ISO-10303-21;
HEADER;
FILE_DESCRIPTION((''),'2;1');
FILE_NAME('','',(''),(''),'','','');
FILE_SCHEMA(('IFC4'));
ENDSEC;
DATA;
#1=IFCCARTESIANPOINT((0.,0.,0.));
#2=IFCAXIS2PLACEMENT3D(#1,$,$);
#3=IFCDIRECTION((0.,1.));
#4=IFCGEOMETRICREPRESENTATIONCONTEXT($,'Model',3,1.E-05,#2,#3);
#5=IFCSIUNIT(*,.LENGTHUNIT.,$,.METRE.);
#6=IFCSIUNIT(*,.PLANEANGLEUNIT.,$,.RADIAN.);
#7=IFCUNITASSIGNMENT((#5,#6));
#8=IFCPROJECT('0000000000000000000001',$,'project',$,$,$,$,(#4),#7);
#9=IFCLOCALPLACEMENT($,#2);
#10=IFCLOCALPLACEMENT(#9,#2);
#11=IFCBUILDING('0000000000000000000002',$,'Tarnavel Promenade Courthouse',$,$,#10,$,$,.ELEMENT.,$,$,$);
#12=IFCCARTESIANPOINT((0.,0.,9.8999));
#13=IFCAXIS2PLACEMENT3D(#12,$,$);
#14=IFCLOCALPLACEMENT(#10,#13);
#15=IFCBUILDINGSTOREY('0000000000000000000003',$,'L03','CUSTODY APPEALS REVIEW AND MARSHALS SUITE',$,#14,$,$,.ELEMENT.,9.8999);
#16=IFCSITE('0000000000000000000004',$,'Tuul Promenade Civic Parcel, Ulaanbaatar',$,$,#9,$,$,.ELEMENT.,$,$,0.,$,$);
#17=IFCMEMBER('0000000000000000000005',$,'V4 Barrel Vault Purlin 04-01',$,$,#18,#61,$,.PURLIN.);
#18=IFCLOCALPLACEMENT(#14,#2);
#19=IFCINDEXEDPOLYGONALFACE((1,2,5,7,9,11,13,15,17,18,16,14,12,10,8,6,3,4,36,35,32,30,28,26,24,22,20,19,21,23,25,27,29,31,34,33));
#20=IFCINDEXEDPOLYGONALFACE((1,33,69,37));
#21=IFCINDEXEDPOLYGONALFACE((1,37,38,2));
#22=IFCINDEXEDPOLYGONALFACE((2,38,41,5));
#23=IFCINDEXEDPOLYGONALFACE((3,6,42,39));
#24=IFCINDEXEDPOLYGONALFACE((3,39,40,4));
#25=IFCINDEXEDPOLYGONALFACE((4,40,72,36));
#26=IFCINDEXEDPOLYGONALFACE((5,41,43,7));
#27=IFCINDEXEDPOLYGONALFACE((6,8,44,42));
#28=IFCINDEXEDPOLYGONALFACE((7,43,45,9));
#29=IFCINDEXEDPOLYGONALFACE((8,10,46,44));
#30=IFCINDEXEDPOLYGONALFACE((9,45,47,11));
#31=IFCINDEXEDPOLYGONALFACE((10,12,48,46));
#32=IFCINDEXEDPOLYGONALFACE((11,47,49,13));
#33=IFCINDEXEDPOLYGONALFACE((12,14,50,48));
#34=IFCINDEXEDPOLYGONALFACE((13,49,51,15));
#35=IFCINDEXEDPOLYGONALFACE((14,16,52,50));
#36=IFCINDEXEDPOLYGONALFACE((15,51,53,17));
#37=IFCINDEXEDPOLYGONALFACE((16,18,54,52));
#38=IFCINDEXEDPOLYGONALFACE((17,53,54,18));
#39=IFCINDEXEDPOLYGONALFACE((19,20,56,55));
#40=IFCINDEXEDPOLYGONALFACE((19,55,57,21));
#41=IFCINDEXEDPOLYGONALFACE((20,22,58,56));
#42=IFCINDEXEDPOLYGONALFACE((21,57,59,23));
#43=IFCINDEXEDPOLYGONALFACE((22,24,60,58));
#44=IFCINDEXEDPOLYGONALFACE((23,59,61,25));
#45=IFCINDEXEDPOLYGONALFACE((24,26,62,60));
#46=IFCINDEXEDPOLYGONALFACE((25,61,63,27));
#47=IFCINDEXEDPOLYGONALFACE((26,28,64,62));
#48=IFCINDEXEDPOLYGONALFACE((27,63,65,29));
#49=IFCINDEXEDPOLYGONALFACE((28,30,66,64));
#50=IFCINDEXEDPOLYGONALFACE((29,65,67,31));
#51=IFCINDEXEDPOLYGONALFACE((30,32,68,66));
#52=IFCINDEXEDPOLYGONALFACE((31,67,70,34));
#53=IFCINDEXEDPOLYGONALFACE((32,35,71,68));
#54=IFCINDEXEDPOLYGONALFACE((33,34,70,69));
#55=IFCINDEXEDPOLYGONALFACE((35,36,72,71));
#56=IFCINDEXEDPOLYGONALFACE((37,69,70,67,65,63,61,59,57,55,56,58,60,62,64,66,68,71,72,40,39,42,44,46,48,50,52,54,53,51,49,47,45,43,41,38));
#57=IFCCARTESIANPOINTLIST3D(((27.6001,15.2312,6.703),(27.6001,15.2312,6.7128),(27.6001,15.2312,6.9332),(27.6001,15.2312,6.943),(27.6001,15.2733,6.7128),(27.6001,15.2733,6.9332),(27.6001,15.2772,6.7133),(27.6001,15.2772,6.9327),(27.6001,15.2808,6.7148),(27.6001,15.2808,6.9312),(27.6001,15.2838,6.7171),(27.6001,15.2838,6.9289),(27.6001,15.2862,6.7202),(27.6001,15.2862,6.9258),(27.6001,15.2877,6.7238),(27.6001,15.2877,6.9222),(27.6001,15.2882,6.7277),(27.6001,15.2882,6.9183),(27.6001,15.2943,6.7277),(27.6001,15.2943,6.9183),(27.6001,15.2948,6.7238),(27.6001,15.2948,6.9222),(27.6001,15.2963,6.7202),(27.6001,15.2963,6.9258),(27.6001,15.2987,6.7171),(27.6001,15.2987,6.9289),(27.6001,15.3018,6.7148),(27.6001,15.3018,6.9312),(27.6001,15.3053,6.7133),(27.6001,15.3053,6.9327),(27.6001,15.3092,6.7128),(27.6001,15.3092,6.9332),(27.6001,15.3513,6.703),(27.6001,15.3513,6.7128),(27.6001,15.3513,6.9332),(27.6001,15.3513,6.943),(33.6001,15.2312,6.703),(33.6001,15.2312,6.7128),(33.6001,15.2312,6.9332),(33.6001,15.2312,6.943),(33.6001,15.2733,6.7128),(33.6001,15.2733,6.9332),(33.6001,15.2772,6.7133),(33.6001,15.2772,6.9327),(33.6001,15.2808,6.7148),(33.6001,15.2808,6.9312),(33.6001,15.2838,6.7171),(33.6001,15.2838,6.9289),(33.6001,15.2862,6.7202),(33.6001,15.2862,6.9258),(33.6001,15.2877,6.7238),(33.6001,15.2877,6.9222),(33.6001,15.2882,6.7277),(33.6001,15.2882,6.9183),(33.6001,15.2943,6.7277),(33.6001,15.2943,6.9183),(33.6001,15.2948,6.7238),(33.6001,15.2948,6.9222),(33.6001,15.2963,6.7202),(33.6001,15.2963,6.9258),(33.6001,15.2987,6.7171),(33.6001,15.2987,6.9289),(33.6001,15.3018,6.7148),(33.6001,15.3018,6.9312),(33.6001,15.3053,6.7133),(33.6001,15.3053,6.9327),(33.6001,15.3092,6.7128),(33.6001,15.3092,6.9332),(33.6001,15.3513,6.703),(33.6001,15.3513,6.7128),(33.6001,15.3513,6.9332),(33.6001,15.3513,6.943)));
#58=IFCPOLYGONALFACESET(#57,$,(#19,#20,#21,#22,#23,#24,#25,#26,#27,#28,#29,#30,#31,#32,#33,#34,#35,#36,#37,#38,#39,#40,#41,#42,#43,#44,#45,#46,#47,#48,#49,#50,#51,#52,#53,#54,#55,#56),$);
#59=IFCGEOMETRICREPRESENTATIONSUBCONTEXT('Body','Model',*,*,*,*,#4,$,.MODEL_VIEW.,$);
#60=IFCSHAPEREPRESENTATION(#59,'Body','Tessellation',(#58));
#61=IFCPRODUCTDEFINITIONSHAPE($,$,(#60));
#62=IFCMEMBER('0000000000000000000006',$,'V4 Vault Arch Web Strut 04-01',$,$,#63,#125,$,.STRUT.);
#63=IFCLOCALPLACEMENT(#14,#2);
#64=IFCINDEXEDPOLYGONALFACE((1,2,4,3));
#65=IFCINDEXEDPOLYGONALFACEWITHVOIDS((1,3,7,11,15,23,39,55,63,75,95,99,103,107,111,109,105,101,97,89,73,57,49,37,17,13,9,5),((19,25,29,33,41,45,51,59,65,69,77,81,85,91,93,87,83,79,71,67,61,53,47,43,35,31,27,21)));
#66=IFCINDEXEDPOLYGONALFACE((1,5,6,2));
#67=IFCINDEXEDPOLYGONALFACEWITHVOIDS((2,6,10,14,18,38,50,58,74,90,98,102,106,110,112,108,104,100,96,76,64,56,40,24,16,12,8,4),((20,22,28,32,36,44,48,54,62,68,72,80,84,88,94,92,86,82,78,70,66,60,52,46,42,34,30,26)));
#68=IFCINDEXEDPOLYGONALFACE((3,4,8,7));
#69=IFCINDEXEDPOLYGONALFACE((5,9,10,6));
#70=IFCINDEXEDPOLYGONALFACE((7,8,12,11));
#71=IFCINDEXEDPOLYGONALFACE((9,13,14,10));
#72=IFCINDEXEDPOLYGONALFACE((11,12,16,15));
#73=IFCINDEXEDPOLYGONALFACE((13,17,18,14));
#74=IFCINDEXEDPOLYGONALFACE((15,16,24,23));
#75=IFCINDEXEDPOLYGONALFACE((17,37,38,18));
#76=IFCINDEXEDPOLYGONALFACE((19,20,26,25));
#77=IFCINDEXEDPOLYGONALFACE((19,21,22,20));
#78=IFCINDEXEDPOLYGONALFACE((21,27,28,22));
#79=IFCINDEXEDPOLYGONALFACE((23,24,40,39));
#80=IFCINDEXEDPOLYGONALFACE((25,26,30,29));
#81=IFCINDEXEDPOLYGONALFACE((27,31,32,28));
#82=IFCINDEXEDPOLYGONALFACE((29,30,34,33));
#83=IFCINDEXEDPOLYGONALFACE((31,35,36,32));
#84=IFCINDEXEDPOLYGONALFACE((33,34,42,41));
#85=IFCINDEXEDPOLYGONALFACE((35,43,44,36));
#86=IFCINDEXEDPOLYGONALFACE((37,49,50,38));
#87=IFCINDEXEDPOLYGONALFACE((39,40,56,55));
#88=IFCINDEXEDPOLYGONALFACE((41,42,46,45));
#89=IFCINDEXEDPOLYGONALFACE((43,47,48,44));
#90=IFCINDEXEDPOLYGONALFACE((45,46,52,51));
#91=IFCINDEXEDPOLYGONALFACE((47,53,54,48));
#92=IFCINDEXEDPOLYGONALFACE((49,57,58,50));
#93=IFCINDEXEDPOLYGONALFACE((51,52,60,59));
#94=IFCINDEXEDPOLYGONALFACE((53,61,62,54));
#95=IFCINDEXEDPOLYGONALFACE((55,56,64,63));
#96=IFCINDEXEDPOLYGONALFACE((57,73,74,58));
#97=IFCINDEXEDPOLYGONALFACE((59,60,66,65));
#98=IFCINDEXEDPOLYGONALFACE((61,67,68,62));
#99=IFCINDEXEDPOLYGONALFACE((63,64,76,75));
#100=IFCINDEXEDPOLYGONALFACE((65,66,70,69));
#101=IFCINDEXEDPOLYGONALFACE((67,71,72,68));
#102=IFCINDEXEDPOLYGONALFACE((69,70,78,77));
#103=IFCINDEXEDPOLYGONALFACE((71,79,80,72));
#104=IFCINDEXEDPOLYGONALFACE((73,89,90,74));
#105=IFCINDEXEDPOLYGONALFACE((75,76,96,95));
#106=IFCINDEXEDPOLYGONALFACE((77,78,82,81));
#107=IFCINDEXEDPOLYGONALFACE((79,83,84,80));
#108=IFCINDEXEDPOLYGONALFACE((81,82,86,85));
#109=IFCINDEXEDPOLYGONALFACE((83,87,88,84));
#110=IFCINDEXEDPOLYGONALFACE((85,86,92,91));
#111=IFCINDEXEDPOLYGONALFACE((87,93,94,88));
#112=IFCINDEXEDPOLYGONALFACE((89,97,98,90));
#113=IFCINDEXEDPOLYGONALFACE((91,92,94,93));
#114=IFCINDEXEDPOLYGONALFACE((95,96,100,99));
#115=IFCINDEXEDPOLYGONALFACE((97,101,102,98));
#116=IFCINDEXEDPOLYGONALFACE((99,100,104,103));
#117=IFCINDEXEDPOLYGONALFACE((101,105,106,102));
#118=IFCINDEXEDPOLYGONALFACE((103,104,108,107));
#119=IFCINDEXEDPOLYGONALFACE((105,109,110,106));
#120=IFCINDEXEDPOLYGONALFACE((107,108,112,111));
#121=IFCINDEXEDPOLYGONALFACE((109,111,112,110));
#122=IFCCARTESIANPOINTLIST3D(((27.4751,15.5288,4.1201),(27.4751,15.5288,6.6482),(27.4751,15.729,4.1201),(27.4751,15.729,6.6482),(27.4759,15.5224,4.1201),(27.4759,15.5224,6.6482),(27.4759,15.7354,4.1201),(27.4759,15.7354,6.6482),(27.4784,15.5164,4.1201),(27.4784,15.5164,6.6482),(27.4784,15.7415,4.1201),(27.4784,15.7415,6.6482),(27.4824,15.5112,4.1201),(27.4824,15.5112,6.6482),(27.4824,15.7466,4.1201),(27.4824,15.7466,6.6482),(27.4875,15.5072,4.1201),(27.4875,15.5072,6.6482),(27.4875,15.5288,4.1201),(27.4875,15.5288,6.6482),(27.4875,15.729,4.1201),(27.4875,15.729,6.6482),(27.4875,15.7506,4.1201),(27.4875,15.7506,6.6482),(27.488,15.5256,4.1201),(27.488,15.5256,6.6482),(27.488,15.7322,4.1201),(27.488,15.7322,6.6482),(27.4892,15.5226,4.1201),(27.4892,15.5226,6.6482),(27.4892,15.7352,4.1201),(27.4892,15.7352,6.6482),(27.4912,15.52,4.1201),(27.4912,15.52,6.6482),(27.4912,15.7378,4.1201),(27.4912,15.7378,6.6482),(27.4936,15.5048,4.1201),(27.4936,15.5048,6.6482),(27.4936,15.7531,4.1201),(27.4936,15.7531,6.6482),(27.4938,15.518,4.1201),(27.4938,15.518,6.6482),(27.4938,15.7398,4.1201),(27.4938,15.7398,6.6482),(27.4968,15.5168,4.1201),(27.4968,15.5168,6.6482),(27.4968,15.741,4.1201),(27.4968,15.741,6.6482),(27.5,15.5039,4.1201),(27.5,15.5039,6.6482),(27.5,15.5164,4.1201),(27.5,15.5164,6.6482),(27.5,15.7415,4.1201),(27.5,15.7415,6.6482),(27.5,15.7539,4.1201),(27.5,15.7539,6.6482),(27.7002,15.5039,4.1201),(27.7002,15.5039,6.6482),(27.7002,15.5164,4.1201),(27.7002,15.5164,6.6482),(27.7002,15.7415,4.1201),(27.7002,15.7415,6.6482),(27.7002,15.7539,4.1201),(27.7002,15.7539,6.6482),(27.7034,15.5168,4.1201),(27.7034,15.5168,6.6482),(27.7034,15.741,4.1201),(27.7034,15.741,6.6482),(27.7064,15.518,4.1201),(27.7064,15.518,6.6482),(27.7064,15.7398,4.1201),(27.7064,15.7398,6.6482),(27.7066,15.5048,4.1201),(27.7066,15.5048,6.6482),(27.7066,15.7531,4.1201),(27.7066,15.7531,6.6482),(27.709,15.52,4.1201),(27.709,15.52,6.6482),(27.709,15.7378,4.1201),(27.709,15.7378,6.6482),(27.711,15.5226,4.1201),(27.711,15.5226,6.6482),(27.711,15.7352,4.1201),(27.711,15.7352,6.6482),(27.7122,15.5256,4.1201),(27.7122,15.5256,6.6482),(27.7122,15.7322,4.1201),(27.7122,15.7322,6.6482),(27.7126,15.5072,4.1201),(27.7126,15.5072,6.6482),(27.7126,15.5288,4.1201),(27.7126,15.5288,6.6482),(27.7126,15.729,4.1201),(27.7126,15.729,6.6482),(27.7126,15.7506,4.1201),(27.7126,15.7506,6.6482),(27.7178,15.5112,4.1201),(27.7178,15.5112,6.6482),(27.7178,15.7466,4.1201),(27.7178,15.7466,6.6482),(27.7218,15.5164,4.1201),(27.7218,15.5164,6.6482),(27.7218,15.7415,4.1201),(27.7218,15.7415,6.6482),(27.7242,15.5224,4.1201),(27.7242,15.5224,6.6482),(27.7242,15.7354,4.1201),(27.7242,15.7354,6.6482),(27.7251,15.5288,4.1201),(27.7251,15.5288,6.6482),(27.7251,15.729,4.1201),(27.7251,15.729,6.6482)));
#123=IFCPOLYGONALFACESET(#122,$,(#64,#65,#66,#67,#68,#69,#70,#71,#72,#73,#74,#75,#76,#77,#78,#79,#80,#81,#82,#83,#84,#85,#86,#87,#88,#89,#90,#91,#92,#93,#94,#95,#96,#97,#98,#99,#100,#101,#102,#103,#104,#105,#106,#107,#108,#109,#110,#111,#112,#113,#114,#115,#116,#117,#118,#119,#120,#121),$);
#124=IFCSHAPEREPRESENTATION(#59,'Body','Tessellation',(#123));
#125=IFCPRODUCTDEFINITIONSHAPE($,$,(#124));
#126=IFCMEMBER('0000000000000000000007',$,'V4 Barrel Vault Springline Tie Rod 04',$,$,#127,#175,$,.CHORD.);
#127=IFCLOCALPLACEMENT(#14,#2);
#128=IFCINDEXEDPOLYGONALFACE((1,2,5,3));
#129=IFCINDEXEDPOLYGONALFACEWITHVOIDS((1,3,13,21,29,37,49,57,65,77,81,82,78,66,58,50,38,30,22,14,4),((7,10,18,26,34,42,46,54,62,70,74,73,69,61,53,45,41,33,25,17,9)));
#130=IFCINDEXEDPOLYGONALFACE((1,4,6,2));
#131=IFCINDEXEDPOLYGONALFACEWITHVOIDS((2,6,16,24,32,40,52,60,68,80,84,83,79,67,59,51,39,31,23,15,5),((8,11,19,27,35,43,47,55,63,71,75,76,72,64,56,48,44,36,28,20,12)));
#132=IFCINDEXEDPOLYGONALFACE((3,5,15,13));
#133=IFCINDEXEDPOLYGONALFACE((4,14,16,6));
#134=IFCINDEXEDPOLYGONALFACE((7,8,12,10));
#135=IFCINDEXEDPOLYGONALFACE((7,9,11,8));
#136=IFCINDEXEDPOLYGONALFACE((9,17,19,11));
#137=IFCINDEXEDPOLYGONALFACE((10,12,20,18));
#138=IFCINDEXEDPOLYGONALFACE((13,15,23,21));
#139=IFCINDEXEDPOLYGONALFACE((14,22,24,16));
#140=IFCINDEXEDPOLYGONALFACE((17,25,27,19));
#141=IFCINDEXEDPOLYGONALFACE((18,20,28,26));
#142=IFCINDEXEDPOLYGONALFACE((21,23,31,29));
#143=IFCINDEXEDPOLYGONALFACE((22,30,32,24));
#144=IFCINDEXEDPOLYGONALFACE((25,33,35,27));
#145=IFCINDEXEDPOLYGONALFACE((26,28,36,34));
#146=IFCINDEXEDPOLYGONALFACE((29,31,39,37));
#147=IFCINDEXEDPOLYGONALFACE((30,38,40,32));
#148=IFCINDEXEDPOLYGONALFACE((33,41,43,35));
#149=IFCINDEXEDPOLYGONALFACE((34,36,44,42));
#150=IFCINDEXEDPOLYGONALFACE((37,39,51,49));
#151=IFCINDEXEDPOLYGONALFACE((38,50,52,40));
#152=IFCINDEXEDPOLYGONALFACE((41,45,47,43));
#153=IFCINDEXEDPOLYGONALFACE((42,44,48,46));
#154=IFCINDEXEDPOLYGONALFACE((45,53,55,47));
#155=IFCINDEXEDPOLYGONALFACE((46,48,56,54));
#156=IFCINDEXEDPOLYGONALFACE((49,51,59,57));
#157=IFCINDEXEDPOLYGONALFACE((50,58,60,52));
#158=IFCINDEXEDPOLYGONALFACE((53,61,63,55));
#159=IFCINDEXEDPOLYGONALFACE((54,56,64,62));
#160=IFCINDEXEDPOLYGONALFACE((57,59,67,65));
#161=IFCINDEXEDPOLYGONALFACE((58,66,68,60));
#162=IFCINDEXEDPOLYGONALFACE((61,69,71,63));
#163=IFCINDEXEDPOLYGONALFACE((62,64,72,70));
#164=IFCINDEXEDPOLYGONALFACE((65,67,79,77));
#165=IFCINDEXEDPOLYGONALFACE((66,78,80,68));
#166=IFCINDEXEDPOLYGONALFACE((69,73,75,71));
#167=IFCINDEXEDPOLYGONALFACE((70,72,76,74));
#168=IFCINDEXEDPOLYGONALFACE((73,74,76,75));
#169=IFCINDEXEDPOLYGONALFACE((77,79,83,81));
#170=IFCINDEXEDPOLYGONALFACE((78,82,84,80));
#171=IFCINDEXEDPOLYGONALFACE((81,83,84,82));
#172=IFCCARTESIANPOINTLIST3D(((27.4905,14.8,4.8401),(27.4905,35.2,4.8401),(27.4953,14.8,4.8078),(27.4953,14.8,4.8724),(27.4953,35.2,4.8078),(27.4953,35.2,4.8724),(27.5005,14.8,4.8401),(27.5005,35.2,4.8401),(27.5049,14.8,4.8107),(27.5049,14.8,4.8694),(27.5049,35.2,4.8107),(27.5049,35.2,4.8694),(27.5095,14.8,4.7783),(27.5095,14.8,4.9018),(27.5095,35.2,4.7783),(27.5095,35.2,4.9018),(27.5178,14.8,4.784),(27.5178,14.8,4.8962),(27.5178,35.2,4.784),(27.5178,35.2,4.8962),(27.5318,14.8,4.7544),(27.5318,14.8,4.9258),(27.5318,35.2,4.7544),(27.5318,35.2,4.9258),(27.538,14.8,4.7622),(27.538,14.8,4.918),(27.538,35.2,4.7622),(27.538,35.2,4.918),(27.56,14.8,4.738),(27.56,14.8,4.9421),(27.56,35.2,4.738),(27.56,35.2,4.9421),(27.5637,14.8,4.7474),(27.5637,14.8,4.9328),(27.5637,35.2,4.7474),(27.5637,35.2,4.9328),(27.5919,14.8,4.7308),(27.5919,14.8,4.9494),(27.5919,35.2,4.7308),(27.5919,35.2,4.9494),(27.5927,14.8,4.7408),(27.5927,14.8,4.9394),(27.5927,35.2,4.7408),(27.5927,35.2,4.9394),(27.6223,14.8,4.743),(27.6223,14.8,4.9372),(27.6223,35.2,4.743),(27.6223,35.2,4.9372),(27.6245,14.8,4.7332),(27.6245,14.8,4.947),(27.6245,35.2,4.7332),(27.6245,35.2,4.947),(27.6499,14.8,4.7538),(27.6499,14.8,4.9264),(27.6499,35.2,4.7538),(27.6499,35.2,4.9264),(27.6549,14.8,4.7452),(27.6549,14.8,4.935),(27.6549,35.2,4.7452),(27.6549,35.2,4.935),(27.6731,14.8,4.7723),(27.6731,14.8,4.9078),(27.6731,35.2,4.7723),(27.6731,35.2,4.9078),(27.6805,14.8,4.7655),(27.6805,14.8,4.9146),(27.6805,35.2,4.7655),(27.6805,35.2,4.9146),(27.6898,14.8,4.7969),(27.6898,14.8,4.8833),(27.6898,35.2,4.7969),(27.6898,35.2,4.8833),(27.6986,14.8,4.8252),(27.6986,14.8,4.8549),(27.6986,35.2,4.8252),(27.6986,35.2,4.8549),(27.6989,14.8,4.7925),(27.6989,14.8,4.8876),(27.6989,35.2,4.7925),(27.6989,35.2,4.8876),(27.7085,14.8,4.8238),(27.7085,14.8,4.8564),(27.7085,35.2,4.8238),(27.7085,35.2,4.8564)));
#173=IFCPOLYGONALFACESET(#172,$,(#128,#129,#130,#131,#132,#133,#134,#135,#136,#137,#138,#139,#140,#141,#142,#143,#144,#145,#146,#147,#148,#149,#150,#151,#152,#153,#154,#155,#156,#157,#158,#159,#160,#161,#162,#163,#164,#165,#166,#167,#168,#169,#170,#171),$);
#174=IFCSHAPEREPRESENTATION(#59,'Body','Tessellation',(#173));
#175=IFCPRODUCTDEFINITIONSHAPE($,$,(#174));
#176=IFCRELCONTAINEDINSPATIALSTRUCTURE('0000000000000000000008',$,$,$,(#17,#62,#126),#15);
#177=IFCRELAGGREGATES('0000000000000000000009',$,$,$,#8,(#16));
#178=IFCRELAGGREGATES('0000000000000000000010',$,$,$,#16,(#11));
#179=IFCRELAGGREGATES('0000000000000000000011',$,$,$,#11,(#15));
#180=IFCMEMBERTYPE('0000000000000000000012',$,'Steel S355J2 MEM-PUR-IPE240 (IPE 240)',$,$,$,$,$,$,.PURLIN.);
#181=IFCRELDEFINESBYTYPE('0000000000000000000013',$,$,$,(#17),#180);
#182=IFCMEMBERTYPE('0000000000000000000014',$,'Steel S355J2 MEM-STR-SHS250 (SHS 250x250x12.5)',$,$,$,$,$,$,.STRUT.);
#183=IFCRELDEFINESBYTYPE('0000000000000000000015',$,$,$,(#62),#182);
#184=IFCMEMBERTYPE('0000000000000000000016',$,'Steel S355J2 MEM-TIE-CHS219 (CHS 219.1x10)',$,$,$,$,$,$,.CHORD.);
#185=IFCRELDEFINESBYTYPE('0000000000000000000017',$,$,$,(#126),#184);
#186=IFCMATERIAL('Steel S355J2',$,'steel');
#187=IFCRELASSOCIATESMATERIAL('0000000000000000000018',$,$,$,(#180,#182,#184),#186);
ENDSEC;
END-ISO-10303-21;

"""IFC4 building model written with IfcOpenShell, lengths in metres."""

from ifc_helpers import new_model, si_unit, direction, frame, origin, origin_2d, place, context, subcontext, project, spatial, hollow_rectangle, hollow_circle, i_section, extrude, material, material_profile, profile_set, type_object, element, save


model = new_model("IFC4")

# Units and contexts
model_context = context("Model", 3, precision=1e-05, world=origin(), true_north=direction((0.0, 1.0)))
body_context = subcontext(model_context, "Body", "Model", "MODEL_VIEW")
ifc_project = project(units=[si_unit("LENGTHUNIT", "METRE"), si_unit("PLANEANGLEUNIT", "RADIAN")], contexts=[model_context])

# Site, building, storey
site_placement = place(None, origin())
site = spatial("IfcSite", under=ifc_project, at=site_placement, Name="Tuul Promenade Civic Parcel, Ulaanbaatar", CompositionType="ELEMENT", RefElevation=0.0)
building_placement = place(site_placement, origin())
building = spatial("IfcBuilding", under=site, at=building_placement, Name="Tarnavel Promenade Courthouse", CompositionType="ELEMENT")
storey_placement = place(building_placement, frame((0.0, 0.0, 9.8999)))
storey = spatial("IfcBuildingStorey", under=building, at=storey_placement, Name="L03", Description="CUSTODY APPEALS REVIEW AND MARSHALS SUITE", CompositionType="ELEMENT", Elevation=9.8999)

# Shared definitions
ifc_material_1 = material(Name="Steel S355J2", Category="steel")

# Members
ifc_material_profile_1 = material_profile(ifc_material_1, i_section(OverallWidth=0.1201, OverallDepth=0.24, WebThickness=0.0061, FlangeThickness=0.0098, FilletRadius=0.0149, at=origin_2d()), Name="IPE 240")
ifc_profile_set_1 = profile_set([ifc_material_profile_1], Name="Steel S355J2")
member_type_1 = type_object("IfcMemberType", Name="Steel S355J2 MEM-PUR-IPE240 (IPE 240)", PredefinedType="PURLIN", material=ifc_profile_set_1)
member_1_placement = place(storey_placement, frame((27.6001, 15.2913, 6.823), z_axis=(1.0, 0.0, 0.0), x_axis=(0.0, 1.0, 0.0)))
element("IfcMember", 1, at=member_1_placement, inside=storey, type_object=member_type_1, Name="V4 Barrel Vault Purlin 04-01", PredefinedType="PURLIN", context=body_context, shape_type="SweptSolid", body=[
    extrude(i_section(OverallWidth=0.1201, OverallDepth=0.24, WebThickness=0.0061, FlangeThickness=0.0098, FilletRadius=0.0149, at=origin_2d()), origin(), (0.0, 0.0, 1.0), 6.0),
])
ifc_material_profile_2 = material_profile(ifc_material_1, hollow_rectangle(XDim=0.25, YDim=0.25, WallThickness=0.0125, InnerFilletRadius=0.0125, OuterFilletRadius=0.0249, at=origin_2d()), Name="SHS 250x250x12.5")
ifc_profile_set_2 = profile_set([ifc_material_profile_2], Name="Steel S355J2")
member_type_2 = type_object("IfcMemberType", Name="Steel S355J2 MEM-STR-SHS250 (SHS 250x250x12.5)", PredefinedType="STRUT", material=ifc_profile_set_2)
member_2_placement = place(storey_placement, frame((27.6001, 15.6289, 4.1201), z_axis=(0.0, 0.0, 1.0), x_axis=(1.0, 0.0, 0.0)))
element("IfcMember", 2, at=member_2_placement, inside=storey, type_object=member_type_2, Name="V4 Vault Arch Web Strut 04-01", PredefinedType="STRUT", context=body_context, shape_type="SweptSolid", body=[
    extrude(hollow_rectangle(XDim=0.25, YDim=0.25, WallThickness=0.0125, InnerFilletRadius=0.0125, OuterFilletRadius=0.0249, at=origin_2d()), origin(), (0.0, 0.0, 1.0), 2.5281),
])
ifc_material_profile_3 = material_profile(ifc_material_1, hollow_circle(Radius=0.1096, WallThickness=0.01, at=origin_2d()), Name="CHS 219.1x10")
ifc_profile_set_3 = profile_set([ifc_material_profile_3], Name="Steel S355J2")
member_type_3 = type_object("IfcMemberType", Name="Steel S355J2 MEM-TIE-CHS219 (CHS 219.1x10)", PredefinedType="CHORD", material=ifc_profile_set_3)
member_3_placement = place(storey_placement, frame((27.6001, 14.8, 4.8401), z_axis=(0.0, 1.0, 0.0), x_axis=(-1.0, 0.0, 0.0)))
element("IfcMember", 3, at=member_3_placement, inside=storey, type_object=member_type_3, Name="V4 Barrel Vault Springline Tie Rod 04", PredefinedType="CHORD", context=body_context, shape_type="SweptSolid", body=[
    extrude(hollow_circle(Radius=0.1096, WallThickness=0.01, at=origin_2d()), origin(), (0.0, 0.0, 1.0), 20.3999),
])

save(model, "model.ifc")
